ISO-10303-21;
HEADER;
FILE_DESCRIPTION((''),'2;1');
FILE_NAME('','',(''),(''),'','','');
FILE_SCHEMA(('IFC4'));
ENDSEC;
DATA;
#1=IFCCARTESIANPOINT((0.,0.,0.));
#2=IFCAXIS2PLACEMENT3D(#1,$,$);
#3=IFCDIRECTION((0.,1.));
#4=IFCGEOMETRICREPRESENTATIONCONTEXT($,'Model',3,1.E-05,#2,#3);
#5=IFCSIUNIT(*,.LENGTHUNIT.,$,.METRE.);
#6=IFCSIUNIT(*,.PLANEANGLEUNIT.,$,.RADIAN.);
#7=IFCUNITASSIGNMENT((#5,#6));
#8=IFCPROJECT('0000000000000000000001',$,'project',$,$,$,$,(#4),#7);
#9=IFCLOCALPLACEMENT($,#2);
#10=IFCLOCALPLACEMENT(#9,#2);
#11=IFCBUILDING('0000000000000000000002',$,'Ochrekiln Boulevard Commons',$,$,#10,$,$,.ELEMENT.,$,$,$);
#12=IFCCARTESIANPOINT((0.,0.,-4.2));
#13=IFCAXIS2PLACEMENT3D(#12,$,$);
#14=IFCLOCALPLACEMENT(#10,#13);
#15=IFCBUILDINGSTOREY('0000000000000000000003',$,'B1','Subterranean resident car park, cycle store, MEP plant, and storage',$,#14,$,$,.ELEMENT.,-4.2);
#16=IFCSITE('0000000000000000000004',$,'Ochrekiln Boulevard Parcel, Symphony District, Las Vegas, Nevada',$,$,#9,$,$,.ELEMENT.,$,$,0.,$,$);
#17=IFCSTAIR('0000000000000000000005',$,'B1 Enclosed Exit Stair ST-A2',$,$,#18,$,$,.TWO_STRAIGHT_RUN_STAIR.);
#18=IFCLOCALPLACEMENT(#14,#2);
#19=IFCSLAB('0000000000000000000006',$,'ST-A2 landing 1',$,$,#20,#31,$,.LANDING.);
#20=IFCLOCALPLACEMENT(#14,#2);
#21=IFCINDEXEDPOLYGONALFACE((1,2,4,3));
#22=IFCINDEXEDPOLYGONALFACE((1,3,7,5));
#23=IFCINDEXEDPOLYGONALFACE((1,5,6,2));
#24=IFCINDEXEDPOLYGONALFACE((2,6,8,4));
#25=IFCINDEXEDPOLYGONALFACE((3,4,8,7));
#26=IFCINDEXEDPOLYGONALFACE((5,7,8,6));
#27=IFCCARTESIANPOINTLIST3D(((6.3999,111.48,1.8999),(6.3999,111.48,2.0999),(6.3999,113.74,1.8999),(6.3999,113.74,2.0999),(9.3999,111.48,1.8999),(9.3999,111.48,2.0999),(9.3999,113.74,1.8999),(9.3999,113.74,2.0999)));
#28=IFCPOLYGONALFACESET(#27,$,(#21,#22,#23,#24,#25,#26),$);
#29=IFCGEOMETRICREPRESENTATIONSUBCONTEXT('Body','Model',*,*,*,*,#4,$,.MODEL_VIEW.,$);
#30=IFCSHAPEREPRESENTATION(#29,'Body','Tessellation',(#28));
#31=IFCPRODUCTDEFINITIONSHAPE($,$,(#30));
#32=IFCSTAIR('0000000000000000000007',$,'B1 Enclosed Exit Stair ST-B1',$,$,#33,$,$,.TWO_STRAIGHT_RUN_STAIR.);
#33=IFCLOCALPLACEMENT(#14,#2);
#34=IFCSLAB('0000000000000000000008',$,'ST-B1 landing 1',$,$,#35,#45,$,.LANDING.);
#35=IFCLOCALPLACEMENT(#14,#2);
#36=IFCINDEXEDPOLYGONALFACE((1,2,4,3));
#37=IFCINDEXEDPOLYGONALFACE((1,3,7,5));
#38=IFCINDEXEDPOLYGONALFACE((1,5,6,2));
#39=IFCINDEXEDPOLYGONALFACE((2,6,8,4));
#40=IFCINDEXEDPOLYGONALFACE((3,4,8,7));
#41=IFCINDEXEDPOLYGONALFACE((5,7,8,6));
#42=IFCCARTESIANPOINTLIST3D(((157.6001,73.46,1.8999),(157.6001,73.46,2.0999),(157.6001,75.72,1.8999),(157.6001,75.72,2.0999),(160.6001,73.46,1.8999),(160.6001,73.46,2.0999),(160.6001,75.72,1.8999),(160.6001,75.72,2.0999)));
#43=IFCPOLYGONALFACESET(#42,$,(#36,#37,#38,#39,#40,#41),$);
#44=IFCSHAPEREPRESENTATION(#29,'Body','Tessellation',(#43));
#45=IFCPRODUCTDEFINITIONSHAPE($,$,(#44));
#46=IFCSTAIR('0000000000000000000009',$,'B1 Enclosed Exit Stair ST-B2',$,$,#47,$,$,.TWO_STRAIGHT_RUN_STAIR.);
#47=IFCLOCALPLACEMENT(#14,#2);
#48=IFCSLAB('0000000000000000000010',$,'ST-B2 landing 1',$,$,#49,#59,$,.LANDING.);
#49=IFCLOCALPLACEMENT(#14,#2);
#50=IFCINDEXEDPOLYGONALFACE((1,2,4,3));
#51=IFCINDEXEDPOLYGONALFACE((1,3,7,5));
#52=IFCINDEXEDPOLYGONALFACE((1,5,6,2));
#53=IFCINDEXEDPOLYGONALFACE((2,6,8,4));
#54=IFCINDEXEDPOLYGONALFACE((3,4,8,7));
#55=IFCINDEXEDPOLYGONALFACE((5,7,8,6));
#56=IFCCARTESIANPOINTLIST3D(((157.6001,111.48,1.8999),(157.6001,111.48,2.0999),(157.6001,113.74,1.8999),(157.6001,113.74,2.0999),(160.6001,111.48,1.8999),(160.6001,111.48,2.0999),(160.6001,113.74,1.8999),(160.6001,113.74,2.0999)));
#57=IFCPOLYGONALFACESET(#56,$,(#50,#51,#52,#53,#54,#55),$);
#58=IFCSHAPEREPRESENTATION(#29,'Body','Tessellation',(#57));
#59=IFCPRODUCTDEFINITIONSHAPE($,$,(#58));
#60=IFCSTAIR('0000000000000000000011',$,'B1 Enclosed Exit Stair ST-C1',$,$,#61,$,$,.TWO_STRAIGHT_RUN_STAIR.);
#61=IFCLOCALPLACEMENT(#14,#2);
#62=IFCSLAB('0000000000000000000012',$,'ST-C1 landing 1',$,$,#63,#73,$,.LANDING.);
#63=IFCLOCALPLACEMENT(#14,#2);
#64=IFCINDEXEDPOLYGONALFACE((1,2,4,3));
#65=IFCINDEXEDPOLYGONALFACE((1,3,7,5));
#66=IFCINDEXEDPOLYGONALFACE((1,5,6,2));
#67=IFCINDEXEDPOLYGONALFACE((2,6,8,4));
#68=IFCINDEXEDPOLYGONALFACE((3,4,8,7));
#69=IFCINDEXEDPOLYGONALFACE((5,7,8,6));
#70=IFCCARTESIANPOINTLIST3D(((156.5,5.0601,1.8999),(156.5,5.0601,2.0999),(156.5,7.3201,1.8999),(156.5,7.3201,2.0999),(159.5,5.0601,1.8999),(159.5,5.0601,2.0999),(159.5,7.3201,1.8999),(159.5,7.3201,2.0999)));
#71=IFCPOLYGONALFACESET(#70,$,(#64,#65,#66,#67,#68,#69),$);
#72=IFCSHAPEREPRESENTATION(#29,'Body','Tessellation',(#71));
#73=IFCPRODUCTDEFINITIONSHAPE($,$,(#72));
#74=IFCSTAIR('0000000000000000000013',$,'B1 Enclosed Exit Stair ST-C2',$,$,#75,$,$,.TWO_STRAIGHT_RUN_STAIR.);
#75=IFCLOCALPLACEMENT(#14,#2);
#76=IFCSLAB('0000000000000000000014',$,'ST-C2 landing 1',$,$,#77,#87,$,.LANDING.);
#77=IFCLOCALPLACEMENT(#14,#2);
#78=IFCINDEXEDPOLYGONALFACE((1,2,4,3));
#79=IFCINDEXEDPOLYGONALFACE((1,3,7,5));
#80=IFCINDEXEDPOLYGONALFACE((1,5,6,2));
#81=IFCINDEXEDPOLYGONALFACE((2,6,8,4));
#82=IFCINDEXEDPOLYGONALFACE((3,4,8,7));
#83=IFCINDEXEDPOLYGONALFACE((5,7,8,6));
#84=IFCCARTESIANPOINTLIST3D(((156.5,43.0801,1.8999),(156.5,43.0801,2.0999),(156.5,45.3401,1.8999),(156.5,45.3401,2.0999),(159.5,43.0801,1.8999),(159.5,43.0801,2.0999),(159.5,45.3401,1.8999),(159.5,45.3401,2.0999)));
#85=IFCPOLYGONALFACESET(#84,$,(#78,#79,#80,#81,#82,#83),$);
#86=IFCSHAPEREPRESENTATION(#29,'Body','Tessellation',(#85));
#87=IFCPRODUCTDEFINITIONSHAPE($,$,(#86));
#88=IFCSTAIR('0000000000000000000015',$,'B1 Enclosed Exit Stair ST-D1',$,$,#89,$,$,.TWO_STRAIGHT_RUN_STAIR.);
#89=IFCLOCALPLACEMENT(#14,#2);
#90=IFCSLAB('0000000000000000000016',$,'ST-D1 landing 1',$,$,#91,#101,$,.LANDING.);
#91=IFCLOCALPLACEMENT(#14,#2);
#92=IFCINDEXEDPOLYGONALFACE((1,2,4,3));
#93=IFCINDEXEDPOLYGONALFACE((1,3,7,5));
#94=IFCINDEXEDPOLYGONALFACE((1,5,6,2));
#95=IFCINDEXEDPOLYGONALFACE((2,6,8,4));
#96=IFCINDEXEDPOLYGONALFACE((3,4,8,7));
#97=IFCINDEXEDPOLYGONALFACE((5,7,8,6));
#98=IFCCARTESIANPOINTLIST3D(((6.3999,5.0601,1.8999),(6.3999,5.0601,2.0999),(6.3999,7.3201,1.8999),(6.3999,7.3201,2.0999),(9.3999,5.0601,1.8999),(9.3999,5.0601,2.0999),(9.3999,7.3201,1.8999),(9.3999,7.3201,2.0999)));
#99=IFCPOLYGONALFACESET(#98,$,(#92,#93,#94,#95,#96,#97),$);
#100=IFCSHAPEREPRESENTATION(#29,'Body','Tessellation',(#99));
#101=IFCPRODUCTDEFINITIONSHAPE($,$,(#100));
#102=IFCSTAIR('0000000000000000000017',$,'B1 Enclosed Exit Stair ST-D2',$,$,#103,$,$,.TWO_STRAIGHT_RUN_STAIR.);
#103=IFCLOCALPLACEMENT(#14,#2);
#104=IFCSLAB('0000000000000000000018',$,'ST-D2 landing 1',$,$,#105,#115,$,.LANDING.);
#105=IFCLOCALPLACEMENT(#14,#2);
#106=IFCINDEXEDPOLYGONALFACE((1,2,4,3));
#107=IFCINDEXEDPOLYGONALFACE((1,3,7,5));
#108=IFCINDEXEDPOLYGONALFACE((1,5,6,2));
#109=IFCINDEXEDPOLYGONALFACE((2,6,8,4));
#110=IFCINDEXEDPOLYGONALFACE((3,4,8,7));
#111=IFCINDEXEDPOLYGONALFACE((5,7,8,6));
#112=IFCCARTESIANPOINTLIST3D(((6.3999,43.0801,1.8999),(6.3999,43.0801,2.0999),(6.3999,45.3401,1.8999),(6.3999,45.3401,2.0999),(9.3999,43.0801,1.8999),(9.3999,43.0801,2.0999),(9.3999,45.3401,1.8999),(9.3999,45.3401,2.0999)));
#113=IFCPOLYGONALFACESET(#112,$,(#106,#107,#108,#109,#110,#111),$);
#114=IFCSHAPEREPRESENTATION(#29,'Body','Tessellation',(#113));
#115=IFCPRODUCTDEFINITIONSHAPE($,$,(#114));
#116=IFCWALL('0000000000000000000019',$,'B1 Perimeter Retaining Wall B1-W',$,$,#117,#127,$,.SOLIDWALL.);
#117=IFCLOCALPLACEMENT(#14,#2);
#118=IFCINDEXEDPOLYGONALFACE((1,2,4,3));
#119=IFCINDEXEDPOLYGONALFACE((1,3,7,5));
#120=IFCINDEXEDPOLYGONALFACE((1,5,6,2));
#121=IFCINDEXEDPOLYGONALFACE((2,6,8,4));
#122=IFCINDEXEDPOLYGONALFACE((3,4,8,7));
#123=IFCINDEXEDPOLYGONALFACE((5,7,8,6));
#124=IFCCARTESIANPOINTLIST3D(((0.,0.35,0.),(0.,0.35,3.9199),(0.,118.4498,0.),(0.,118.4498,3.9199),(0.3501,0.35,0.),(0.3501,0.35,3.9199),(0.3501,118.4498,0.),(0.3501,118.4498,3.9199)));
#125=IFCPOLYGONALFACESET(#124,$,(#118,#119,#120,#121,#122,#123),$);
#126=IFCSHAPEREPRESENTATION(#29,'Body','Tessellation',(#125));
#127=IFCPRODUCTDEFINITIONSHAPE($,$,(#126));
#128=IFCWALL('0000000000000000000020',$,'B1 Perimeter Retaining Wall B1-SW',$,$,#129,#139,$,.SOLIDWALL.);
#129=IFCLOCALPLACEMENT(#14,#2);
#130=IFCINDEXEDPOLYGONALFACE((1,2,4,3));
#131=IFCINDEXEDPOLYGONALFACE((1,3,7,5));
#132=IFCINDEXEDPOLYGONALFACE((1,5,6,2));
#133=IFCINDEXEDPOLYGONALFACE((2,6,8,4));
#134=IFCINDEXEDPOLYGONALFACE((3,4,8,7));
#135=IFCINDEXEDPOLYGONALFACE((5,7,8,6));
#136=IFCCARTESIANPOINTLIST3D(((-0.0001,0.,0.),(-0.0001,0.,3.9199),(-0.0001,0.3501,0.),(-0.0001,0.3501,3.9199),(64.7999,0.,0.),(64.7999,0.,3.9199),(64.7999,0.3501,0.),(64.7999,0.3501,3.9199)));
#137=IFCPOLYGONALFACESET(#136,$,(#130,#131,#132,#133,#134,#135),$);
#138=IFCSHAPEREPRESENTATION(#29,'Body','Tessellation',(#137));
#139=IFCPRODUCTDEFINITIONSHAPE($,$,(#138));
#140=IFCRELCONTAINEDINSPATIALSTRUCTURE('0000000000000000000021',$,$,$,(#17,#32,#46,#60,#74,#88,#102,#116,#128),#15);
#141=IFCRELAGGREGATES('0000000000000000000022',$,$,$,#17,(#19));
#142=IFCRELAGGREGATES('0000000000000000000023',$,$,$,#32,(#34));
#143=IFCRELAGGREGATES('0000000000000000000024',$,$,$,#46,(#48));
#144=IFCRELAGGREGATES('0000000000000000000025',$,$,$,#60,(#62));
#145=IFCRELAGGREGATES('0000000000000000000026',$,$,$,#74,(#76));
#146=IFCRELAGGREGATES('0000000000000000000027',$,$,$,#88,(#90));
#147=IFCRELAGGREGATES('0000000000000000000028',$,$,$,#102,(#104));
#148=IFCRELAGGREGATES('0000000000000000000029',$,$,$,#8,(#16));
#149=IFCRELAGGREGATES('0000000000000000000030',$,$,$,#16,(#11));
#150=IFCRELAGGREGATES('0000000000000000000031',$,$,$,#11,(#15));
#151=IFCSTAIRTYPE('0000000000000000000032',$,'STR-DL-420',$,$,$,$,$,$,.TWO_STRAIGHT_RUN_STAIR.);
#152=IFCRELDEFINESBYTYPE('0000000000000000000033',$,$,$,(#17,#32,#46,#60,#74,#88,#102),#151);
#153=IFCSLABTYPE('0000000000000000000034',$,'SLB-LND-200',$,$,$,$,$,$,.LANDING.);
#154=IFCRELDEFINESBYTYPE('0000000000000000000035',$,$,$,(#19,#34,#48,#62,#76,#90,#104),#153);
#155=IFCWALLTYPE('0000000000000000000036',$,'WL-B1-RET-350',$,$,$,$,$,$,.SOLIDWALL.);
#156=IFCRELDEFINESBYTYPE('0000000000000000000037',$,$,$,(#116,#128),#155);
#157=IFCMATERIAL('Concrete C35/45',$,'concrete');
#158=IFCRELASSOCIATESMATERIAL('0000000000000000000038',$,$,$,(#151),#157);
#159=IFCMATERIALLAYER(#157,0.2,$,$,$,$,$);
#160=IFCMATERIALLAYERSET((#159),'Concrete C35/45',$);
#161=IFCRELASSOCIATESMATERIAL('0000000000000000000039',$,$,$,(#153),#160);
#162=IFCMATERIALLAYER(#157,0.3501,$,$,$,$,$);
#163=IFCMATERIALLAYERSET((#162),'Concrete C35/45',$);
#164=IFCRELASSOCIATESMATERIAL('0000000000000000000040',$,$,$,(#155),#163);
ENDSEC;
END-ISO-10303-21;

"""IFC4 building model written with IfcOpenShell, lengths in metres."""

from ifc_helpers import new_model, si_unit, direction, frame, frame_2d, origin, place, context, subcontext, project, spatial, polyline, rectangle, outline, extrude, material, layer, layer_set, type_object, element, aggregate, save


model = new_model("IFC4")

# Units and contexts
model_context = context("Model", 3, precision=1e-05, world=origin(), true_north=direction((0.0, 1.0)))
body_context = subcontext(model_context, "Body", "Model", "MODEL_VIEW")
ifc_project = project(units=[si_unit("LENGTHUNIT", "METRE"), si_unit("PLANEANGLEUNIT", "RADIAN")], contexts=[model_context])

# Site, building, storey
site_placement = place(None, origin())
site = spatial("IfcSite", under=ifc_project, at=site_placement, Name="Ochrekiln Boulevard Parcel, Symphony District, Las Vegas, Nevada", CompositionType="ELEMENT", RefElevation=0.0)
building_placement = place(site_placement, origin())
building = spatial("IfcBuilding", under=site, at=building_placement, Name="Ochrekiln Boulevard Commons", CompositionType="ELEMENT")
storey_placement = place(building_placement, frame((0.0, 0.0, -4.2)))
storey = spatial("IfcBuildingStorey", under=building, at=storey_placement, Name="B1", Description="Subterranean resident car park, cycle store, MEP plant, and storage", CompositionType="ELEMENT", Elevation=-4.2)

# Shared definitions
ifc_material_1 = material(Name="Concrete C35/45", Category="concrete")

# Stairs, slabs
stair_type = type_object("IfcStairType", Name="STR-DL-420", PredefinedType="TWO_STRAIGHT_RUN_STAIR", material=ifc_material_1)
ifc_layer_1 = layer(ifc_material_1, 0.2)
ifc_layer_set_1 = layer_set([ifc_layer_1], Name="Concrete C35/45")
slab_type = type_object("IfcSlabType", Name="SLB-LND-200", PredefinedType="LANDING", material=ifc_layer_set_1)
stair_1_placement = place(storey_placement, origin())
stair_1 = element("IfcStair", 1, at=stair_1_placement, inside=storey, type_object=stair_type, Name="B1 Enclosed Exit Stair ST-A2", PredefinedType="TWO_STRAIGHT_RUN_STAIR")
slab_1_placement = place(storey_placement, frame((0.0, 0.0, 1.8999)))
slab_1 = element("IfcSlab", 2, at=slab_1_placement, type_object=slab_type, Name="ST-A2 landing 1", PredefinedType="LANDING", context=body_context, shape_type="SweptSolid", body=[
    extrude(outline(polyline([(6.3999, 113.74), (6.3999, 111.48), (9.3999, 111.48), (9.3999, 113.74), (6.3999, 113.74)])), origin(), (0.0, 0.0, 1.0), 0.2),
])
aggregate(stair_1, [slab_1])
stair_2_placement = place(storey_placement, origin())
stair_2 = element("IfcStair", 3, at=stair_2_placement, inside=storey, type_object=stair_type, Name="B1 Enclosed Exit Stair ST-B1", PredefinedType="TWO_STRAIGHT_RUN_STAIR")
slab_2_placement = place(storey_placement, frame((0.0, 0.0, 1.8999)))
slab_2 = element("IfcSlab", 4, at=slab_2_placement, type_object=slab_type, Name="ST-B1 landing 1", PredefinedType="LANDING", context=body_context, shape_type="SweptSolid", body=[
    extrude(outline(polyline([(160.6001, 73.46), (160.6001, 75.72), (157.6001, 75.72), (157.6001, 73.46), (160.6001, 73.46)])), origin(), (0.0, 0.0, 1.0), 0.2),
])
aggregate(stair_2, [slab_2])
stair_3_placement = place(storey_placement, origin())
stair_3 = element("IfcStair", 5, at=stair_3_placement, inside=storey, type_object=stair_type, Name="B1 Enclosed Exit Stair ST-B2", PredefinedType="TWO_STRAIGHT_RUN_STAIR")
slab_3_placement = place(storey_placement, frame((0.0, 0.0, 1.8999)))
slab_3 = element("IfcSlab", 6, at=slab_3_placement, type_object=slab_type, Name="ST-B2 landing 1", PredefinedType="LANDING", context=body_context, shape_type="SweptSolid", body=[
    extrude(outline(polyline([(157.6001, 113.74), (157.6001, 111.48), (160.6001, 111.48), (160.6001, 113.74), (157.6001, 113.74)])), origin(), (0.0, 0.0, 1.0), 0.2),
])
aggregate(stair_3, [slab_3])
stair_4_placement = place(storey_placement, origin())
stair_4 = element("IfcStair", 7, at=stair_4_placement, inside=storey, type_object=stair_type, Name="B1 Enclosed Exit Stair ST-C1", PredefinedType="TWO_STRAIGHT_RUN_STAIR")
slab_4_placement = place(storey_placement, frame((0.0, 0.0, 1.8999)))
slab_4 = element("IfcSlab", 8, at=slab_4_placement, type_object=slab_type, Name="ST-C1 landing 1", PredefinedType="LANDING", context=body_context, shape_type="SweptSolid", body=[
    extrude(outline(polyline([(159.5, 5.0601), (159.5, 7.3201), (156.5, 7.3201), (156.5, 5.0601), (159.5, 5.0601)])), origin(), (0.0, 0.0, 1.0), 0.2),
])
aggregate(stair_4, [slab_4])
stair_5_placement = place(storey_placement, origin())
stair_5 = element("IfcStair", 9, at=stair_5_placement, inside=storey, type_object=stair_type, Name="B1 Enclosed Exit Stair ST-C2", PredefinedType="TWO_STRAIGHT_RUN_STAIR")
slab_5_placement = place(storey_placement, frame((0.0, 0.0, 1.8999)))
slab_5 = element("IfcSlab", 10, at=slab_5_placement, type_object=slab_type, Name="ST-C2 landing 1", PredefinedType="LANDING", context=body_context, shape_type="SweptSolid", body=[
    extrude(outline(polyline([(156.5, 45.3401), (156.5, 43.0801), (159.5, 43.0801), (159.5, 45.3401), (156.5, 45.3401)])), origin(), (0.0, 0.0, 1.0), 0.2),
])
aggregate(stair_5, [slab_5])
stair_6_placement = place(storey_placement, origin())
stair_6 = element("IfcStair", 11, at=stair_6_placement, inside=storey, type_object=stair_type, Name="B1 Enclosed Exit Stair ST-D1", PredefinedType="TWO_STRAIGHT_RUN_STAIR")
slab_6_placement = place(storey_placement, frame((0.0, 0.0, 1.8999)))
slab_6 = element("IfcSlab", 12, at=slab_6_placement, type_object=slab_type, Name="ST-D1 landing 1", PredefinedType="LANDING", context=body_context, shape_type="SweptSolid", body=[
    extrude(outline(polyline([(9.3999, 5.0601), (9.3999, 7.3201), (6.3999, 7.3201), (6.3999, 5.0601), (9.3999, 5.0601)])), origin(), (0.0, 0.0, 1.0), 0.2),
])
aggregate(stair_6, [slab_6])
stair_7_placement = place(storey_placement, origin())
stair_7 = element("IfcStair", 13, at=stair_7_placement, inside=storey, type_object=stair_type, Name="B1 Enclosed Exit Stair ST-D2", PredefinedType="TWO_STRAIGHT_RUN_STAIR")
slab_7_placement = place(storey_placement, frame((0.0, 0.0, 1.8999)))
slab_7 = element("IfcSlab", 14, at=slab_7_placement, type_object=slab_type, Name="ST-D2 landing 1", PredefinedType="LANDING", context=body_context, shape_type="SweptSolid", body=[
    extrude(outline(polyline([(6.3999, 45.3401), (6.3999, 43.0801), (9.3999, 43.0801), (9.3999, 45.3401), (6.3999, 45.3401)])), origin(), (0.0, 0.0, 1.0), 0.2),
])
aggregate(stair_7, [slab_7])

# Walls
ifc_layer_2 = layer(ifc_material_1, 0.3501)
ifc_layer_set_2 = layer_set([ifc_layer_2], Name="Concrete C35/45")
wall_type = type_object("IfcWallType", Name="WL-B1-RET-350", PredefinedType="SOLIDWALL", material=ifc_layer_set_2)
wall_1_placement = place(storey_placement, frame((0.175, 0.3501, 0.0), z_axis=(0.0, 0.0, 1.0), x_axis=(0.0, 1.0, 0.0)))
element("IfcWall", 15, at=wall_1_placement, inside=storey, type_object=wall_type, Name="B1 Perimeter Retaining Wall B1-W", PredefinedType="SOLIDWALL", context=body_context, shape_type="SweptSolid", body=[
    extrude(rectangle(XDim=118.0999, YDim=0.3501, at=frame_2d((59.0498, 0.0))), origin(), (0.0, 0.0, 1.0), 3.9199),
])
wall_2_placement = place(storey_placement, frame((0.0, 0.175, 0.0), z_axis=(0.0, 0.0, 1.0), x_axis=(1.0, 0.0, 0.0)))
element("IfcWall", 16, at=wall_2_placement, inside=storey, type_object=wall_type, Name="B1 Perimeter Retaining Wall B1-SW", PredefinedType="SOLIDWALL", context=body_context, shape_type="SweptSolid", body=[
    extrude(rectangle(XDim=64.8, YDim=0.3501, at=frame_2d((32.3999, 0.0))), origin(), (0.0, 0.0, 1.0), 3.9199),
])

save(model, "model.ifc")
